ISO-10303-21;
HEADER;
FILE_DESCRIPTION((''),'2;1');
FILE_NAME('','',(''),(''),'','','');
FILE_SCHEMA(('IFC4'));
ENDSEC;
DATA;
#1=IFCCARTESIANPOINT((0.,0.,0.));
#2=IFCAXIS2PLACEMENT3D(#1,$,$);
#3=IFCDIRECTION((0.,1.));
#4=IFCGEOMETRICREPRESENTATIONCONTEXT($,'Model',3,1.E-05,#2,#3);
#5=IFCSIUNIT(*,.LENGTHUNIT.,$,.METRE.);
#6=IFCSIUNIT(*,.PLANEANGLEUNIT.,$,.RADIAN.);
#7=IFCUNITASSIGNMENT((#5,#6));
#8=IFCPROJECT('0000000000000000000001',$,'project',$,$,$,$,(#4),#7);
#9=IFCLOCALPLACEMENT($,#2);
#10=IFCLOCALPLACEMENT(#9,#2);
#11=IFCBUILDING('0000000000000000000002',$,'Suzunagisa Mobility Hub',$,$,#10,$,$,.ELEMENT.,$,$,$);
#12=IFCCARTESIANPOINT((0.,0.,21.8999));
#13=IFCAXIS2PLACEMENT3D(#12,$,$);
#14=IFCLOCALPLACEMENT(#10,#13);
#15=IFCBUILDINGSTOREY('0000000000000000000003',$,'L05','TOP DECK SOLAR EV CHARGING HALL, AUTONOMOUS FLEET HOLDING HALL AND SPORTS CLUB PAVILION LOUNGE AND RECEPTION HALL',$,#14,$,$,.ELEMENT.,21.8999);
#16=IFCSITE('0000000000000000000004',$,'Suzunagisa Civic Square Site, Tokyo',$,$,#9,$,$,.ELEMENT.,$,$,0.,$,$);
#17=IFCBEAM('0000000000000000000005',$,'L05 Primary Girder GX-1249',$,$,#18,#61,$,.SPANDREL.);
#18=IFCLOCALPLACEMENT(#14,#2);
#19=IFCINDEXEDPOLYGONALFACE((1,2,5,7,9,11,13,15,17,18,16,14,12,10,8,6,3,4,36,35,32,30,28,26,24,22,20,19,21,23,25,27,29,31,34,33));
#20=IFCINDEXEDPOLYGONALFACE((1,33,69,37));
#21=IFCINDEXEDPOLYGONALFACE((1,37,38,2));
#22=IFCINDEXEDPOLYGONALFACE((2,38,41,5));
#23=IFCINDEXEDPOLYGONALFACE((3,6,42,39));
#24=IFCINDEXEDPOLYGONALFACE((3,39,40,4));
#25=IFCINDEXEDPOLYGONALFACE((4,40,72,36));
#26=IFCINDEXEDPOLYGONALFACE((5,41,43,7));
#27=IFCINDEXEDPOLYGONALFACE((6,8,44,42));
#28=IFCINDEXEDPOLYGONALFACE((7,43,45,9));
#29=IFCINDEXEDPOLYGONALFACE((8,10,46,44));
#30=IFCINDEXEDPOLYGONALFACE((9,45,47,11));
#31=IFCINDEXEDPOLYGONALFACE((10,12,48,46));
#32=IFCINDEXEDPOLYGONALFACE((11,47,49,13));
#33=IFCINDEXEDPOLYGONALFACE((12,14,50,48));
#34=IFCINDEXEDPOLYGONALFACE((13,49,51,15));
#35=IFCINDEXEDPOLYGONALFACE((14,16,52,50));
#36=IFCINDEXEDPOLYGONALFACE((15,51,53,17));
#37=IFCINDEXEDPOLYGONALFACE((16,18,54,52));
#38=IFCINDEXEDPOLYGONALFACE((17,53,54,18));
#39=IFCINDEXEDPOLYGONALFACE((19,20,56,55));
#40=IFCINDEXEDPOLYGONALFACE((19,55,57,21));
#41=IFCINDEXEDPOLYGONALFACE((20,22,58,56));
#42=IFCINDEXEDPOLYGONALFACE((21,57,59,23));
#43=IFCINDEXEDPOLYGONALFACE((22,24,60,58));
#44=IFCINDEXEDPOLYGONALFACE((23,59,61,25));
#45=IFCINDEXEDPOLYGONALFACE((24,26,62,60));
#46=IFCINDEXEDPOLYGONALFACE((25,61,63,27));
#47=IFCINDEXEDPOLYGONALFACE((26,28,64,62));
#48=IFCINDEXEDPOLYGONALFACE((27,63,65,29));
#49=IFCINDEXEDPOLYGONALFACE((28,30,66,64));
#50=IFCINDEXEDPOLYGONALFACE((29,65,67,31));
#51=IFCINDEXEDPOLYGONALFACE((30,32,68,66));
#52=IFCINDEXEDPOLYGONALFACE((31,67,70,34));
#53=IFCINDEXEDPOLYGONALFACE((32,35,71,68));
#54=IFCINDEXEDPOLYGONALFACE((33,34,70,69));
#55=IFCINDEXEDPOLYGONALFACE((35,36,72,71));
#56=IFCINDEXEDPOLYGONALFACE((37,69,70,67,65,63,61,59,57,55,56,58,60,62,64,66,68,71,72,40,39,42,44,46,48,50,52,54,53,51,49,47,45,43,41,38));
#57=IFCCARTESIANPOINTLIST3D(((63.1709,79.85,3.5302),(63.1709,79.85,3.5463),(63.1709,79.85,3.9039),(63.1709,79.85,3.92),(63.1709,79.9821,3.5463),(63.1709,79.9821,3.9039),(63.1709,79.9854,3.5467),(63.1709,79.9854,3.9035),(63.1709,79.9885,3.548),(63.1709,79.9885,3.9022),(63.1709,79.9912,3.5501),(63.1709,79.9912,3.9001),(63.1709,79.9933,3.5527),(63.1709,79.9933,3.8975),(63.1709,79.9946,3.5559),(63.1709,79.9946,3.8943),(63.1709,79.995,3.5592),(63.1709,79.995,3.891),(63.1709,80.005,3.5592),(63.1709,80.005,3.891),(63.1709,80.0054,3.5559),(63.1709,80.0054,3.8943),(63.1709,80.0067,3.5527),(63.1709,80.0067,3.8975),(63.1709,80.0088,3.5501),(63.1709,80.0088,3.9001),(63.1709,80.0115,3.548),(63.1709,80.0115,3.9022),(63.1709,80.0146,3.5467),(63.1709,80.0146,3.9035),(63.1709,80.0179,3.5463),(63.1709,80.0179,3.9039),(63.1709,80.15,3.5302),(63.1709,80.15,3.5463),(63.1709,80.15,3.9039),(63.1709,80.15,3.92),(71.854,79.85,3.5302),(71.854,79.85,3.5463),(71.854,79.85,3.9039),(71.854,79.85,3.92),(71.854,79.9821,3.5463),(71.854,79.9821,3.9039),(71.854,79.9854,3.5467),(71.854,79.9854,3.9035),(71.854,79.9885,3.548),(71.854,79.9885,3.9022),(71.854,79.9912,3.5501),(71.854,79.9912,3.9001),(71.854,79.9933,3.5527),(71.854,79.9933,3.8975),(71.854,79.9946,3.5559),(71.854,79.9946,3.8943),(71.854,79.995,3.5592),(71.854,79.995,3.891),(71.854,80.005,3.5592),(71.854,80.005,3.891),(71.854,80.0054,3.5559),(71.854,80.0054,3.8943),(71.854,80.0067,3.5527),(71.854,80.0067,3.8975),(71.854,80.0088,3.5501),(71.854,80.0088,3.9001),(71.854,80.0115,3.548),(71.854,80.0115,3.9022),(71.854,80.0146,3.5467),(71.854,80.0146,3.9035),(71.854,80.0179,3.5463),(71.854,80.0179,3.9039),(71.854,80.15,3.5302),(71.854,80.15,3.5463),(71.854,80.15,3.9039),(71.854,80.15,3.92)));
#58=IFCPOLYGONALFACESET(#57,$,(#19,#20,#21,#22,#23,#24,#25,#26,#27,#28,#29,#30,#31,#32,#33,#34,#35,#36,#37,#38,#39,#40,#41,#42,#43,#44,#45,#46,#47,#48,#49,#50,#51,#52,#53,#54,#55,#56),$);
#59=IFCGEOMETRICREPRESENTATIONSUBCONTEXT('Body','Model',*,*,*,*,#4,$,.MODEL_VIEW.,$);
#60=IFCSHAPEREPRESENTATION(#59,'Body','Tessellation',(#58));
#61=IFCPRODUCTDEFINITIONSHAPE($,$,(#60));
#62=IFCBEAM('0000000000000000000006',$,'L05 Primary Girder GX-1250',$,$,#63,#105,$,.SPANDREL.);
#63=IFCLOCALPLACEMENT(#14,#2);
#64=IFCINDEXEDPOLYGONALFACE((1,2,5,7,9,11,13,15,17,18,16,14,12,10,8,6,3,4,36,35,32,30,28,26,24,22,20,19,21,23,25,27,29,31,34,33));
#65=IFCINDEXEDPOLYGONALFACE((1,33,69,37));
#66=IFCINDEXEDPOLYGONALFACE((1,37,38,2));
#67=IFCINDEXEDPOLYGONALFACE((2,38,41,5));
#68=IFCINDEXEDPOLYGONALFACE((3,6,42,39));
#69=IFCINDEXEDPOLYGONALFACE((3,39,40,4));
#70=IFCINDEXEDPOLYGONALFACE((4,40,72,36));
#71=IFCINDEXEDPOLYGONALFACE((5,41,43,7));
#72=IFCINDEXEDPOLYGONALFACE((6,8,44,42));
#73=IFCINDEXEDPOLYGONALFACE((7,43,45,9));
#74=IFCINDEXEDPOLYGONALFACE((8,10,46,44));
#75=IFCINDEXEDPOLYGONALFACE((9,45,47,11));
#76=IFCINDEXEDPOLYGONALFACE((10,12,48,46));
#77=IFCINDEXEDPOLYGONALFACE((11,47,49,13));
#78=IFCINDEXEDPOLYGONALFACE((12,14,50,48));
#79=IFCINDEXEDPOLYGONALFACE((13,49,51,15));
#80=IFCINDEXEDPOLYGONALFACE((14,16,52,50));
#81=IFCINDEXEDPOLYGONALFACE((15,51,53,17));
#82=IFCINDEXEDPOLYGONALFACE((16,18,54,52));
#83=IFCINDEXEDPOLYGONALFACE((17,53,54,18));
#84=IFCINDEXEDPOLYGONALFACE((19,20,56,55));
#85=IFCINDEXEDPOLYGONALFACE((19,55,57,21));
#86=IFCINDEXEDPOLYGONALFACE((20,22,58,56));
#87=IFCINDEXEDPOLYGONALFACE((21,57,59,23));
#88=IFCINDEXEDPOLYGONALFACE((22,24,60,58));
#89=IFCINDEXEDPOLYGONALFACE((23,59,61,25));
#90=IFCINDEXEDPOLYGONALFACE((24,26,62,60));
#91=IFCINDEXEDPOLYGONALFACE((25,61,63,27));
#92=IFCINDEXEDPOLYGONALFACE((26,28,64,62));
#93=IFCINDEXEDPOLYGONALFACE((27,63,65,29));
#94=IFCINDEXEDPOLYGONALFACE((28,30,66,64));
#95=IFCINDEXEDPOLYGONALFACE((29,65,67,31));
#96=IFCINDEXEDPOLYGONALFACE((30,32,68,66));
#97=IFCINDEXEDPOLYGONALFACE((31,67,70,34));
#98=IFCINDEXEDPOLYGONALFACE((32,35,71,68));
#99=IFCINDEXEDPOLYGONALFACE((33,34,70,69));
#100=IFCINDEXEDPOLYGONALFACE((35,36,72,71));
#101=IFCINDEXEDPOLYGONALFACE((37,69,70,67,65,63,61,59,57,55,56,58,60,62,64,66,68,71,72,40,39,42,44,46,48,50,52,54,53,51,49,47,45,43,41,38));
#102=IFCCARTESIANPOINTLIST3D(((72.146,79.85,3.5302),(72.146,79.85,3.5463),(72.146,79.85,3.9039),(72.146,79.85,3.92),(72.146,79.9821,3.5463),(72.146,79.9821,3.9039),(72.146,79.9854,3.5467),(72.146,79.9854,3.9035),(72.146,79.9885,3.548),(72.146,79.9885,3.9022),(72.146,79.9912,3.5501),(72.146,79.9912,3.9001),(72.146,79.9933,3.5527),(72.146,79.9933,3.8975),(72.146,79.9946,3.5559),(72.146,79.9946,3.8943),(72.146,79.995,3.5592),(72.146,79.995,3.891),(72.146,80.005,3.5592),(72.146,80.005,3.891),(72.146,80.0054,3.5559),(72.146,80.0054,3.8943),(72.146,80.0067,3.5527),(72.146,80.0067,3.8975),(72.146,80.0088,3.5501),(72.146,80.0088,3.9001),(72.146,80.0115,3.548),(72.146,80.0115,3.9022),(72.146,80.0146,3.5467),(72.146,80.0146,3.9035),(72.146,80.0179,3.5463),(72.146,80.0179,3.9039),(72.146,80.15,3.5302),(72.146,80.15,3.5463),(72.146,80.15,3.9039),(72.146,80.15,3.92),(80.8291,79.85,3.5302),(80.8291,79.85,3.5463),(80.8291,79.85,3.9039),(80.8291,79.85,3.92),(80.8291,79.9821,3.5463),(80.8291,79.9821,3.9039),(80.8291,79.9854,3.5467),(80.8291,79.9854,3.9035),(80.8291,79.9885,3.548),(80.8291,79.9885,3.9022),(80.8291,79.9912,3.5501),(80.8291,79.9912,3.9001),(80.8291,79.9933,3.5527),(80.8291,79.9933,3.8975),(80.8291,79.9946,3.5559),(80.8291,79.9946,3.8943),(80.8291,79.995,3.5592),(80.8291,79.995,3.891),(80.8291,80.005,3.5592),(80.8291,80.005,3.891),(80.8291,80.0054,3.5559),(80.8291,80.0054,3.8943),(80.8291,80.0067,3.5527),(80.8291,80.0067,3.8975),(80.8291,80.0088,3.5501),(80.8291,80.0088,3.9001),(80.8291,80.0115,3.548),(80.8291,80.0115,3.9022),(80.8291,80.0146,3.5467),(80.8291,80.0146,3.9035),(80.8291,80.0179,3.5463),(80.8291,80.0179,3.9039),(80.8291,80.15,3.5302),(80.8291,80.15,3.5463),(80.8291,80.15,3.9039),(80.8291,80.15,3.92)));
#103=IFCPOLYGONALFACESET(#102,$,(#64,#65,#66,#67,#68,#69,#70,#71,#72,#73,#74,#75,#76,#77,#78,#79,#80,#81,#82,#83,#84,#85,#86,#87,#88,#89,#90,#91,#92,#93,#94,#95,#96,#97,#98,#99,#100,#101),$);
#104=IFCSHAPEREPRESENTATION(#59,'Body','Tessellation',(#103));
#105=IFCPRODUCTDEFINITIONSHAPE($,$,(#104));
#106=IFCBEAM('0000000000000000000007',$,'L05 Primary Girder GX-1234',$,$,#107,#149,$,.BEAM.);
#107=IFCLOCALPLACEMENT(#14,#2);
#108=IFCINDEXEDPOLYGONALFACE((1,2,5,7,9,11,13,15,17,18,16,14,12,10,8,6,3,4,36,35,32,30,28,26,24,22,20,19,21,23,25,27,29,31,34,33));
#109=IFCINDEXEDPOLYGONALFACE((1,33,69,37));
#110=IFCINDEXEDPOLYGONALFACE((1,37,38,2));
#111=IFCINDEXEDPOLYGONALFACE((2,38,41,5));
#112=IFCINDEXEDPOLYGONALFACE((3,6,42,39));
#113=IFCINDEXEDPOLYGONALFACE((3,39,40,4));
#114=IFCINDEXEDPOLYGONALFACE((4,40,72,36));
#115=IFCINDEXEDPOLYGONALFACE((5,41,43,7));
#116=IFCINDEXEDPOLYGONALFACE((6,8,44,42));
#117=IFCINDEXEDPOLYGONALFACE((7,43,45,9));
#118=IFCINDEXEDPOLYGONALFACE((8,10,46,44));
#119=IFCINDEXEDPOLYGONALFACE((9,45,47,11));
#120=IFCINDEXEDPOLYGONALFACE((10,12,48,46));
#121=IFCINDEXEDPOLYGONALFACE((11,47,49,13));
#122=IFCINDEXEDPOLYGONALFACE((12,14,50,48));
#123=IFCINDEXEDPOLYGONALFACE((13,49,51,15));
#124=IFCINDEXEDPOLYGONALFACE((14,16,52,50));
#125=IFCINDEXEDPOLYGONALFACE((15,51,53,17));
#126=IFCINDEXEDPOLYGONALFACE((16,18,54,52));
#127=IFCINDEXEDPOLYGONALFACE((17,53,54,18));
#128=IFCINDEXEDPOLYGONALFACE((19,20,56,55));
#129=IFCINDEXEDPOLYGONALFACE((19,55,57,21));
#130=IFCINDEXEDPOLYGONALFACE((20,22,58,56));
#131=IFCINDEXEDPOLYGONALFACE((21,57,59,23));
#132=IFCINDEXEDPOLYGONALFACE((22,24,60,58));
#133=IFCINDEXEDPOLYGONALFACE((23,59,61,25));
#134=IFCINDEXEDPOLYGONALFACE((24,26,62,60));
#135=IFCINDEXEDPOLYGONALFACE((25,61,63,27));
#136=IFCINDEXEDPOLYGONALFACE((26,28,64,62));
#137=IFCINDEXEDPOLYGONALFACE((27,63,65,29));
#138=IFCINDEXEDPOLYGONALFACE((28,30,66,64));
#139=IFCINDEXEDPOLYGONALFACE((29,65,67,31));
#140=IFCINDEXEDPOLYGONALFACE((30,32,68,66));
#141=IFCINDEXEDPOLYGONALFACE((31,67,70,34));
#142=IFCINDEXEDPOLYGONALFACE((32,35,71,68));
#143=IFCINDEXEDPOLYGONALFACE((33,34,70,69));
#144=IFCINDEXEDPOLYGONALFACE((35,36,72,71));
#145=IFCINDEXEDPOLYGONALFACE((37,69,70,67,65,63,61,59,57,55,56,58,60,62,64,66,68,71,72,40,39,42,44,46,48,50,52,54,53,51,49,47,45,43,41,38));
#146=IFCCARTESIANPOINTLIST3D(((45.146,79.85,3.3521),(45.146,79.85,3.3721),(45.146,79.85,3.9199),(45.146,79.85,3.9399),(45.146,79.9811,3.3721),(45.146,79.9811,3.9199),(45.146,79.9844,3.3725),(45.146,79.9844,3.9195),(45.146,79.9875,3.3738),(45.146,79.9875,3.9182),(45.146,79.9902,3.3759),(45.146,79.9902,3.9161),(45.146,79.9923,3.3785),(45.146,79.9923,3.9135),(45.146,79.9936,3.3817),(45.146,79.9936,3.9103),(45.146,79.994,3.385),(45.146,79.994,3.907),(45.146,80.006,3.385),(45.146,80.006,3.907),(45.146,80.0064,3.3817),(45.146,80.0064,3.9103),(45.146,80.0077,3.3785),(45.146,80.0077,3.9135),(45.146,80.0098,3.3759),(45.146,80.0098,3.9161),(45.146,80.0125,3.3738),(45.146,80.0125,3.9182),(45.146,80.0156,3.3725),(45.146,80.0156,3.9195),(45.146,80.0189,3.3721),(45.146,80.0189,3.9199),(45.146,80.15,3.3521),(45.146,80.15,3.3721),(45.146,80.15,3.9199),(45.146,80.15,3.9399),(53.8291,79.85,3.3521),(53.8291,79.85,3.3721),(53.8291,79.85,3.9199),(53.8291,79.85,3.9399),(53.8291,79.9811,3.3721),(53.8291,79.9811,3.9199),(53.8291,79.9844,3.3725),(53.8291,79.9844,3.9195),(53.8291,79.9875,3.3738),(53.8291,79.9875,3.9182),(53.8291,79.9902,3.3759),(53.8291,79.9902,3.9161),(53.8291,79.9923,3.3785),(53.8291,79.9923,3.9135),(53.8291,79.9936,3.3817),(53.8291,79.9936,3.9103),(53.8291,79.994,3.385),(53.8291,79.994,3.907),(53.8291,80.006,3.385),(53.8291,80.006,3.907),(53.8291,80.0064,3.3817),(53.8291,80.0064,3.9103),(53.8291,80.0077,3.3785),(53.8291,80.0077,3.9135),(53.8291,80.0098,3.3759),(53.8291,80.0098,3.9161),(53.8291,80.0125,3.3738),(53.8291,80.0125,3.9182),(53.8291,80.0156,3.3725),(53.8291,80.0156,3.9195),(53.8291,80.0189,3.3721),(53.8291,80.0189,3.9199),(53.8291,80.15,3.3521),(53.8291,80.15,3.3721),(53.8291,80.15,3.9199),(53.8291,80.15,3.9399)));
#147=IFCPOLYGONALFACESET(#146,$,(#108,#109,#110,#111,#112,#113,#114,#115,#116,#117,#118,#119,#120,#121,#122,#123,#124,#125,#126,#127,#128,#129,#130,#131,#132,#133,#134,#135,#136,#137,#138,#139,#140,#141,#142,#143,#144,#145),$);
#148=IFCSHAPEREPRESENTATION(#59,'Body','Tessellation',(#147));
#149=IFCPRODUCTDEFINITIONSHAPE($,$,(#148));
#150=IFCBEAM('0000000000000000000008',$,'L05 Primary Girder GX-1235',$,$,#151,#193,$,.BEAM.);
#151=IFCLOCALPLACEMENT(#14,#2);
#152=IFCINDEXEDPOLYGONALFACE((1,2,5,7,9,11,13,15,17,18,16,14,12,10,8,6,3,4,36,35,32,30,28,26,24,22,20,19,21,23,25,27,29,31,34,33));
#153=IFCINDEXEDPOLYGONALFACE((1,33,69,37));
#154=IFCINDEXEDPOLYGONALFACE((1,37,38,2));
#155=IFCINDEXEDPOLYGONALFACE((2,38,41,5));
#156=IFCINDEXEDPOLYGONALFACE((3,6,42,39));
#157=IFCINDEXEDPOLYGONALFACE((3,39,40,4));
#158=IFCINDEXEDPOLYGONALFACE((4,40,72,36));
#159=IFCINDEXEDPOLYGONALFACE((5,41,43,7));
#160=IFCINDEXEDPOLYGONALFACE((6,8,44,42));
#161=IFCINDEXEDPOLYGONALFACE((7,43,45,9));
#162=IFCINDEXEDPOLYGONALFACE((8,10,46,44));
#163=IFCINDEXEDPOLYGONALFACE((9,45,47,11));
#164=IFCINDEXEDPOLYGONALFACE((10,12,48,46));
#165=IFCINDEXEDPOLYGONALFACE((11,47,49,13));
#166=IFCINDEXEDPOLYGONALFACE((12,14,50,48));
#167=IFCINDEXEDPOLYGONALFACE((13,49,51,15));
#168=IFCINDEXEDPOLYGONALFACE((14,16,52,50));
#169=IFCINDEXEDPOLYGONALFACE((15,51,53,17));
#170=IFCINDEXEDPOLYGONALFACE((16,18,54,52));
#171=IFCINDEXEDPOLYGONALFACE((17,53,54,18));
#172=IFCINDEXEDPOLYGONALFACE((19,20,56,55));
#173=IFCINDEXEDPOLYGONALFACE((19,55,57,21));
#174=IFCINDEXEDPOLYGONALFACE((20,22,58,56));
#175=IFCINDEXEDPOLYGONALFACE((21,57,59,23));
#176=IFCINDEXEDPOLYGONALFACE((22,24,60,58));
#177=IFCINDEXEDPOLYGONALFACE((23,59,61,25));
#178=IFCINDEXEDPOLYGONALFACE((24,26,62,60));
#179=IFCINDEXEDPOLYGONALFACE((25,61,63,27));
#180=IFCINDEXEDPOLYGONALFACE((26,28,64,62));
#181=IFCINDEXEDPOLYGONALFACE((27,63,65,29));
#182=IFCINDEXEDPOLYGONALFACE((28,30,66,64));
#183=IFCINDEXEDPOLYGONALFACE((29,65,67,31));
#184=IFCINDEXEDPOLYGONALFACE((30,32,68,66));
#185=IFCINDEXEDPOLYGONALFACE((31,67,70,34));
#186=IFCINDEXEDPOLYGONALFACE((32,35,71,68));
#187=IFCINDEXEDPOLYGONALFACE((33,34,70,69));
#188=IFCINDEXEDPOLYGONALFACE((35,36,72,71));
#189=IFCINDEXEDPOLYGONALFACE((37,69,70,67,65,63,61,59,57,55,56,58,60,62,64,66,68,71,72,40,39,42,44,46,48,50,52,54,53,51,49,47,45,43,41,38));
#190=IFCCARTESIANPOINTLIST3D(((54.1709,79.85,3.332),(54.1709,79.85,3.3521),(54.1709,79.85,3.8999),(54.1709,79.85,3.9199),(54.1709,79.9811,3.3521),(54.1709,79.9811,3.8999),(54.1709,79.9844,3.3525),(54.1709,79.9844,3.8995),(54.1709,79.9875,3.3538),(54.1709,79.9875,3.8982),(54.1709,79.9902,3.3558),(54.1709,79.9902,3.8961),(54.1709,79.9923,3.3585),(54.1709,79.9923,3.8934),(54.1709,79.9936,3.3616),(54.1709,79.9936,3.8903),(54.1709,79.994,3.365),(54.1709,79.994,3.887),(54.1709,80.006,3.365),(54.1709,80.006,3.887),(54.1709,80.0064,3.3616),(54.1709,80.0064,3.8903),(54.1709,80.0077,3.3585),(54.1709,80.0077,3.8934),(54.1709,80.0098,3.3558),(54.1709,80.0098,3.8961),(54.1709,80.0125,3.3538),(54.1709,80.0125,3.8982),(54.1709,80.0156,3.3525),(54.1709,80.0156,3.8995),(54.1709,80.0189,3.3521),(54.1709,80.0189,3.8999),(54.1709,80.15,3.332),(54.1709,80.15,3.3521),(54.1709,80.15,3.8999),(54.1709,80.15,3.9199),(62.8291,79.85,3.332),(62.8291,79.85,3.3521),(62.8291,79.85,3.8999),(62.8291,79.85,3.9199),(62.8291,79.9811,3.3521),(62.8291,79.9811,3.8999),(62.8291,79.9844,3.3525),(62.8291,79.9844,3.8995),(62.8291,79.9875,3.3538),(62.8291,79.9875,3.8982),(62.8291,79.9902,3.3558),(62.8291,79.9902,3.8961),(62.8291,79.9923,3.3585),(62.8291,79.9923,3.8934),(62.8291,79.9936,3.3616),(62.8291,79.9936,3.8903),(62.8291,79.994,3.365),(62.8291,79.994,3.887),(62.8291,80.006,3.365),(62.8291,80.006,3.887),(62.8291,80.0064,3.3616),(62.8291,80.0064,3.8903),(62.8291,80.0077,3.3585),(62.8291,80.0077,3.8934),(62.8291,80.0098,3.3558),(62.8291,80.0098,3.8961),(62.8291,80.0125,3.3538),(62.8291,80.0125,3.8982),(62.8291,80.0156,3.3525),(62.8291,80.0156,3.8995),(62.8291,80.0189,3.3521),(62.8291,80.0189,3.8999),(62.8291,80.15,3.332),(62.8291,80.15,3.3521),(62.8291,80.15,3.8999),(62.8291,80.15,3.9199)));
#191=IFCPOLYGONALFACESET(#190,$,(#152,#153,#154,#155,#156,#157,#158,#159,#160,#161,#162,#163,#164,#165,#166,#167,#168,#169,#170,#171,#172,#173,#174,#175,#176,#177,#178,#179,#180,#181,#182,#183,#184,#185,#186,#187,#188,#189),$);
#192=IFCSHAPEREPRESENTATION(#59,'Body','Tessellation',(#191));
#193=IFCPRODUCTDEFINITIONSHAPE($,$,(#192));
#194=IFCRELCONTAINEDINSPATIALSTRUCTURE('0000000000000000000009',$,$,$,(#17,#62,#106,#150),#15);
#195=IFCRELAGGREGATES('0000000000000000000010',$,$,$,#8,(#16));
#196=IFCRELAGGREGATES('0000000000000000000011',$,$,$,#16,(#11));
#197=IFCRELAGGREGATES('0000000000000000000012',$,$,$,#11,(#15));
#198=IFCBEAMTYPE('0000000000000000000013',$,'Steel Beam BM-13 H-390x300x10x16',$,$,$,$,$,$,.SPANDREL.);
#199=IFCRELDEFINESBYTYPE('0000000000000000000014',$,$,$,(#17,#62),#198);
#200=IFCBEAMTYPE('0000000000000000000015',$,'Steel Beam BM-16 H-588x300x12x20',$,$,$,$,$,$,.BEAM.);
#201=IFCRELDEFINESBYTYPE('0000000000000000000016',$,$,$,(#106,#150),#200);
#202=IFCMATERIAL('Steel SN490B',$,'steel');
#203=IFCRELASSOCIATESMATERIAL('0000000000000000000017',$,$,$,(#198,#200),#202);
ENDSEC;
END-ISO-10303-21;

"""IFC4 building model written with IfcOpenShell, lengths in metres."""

from ifc_helpers import new_model, si_unit, direction, frame, origin, origin_2d, place, context, subcontext, project, spatial, i_section, extrude, material, material_profile, profile_set, type_object, element, save


model = new_model("IFC4")

# Units and contexts
model_context = context("Model", 3, precision=1e-05, world=origin(), true_north=direction((0.0, 1.0)))
body_context = subcontext(model_context, "Body", "Model", "MODEL_VIEW")
ifc_project = project(units=[si_unit("LENGTHUNIT", "METRE"), si_unit("PLANEANGLEUNIT", "RADIAN")], contexts=[model_context])

# Site, building, storey
site_placement = place(None, origin())
site = spatial("IfcSite", under=ifc_project, at=site_placement, Name="Suzunagisa Civic Square Site, Tokyo", CompositionType="ELEMENT", RefElevation=0.0)
building_placement = place(site_placement, origin())
building = spatial("IfcBuilding", under=site, at=building_placement, Name="Suzunagisa Mobility Hub", CompositionType="ELEMENT")
storey_placement = place(building_placement, frame((0.0, 0.0, 21.8999)))
storey = spatial("IfcBuildingStorey", under=building, at=storey_placement, Name="L05", Description="TOP DECK SOLAR EV CHARGING HALL, AUTONOMOUS FLEET HOLDING HALL AND SPORTS CLUB PAVILION LOUNGE AND RECEPTION HALL", CompositionType="ELEMENT", Elevation=21.8999)

# Shared definitions
ifc_material_1 = material(Name="Steel SN490B", Category="steel")

# Beams
ifc_material_profile_1 = material_profile(ifc_material_1, i_section(OverallWidth=0.3, OverallDepth=0.3899, WebThickness=0.01, FlangeThickness=0.0161, FilletRadius=0.0129, at=origin_2d()), Name="H-390x300x10x16")
ifc_profile_set_1 = profile_set([ifc_material_profile_1], Name="Steel SN490B")
beam_type_1 = type_object("IfcBeamType", Name="Steel Beam BM-13 H-390x300x10x16", PredefinedType="SPANDREL", material=ifc_profile_set_1)
for number, where, z_axis, x_axis, name in (
    (1, (63.1709, 80.0, 3.7251), (1.0, 0.0, 0.0), (0.0, 1.0, 0.0), "L05 Primary Girder GX-1249"),
    (2, (72.146, 80.0, 3.7251), (1.0, 0.0, 0.0), (0.0, 1.0, 0.0), "L05 Primary Girder GX-1250"),
):
    element("IfcBeam", number, at=place(storey_placement, frame(where, z_axis=z_axis, x_axis=x_axis)), inside=storey, type_object=beam_type_1, Name=name, PredefinedType="SPANDREL", context=body_context, shape_type="SweptSolid", body=[
        extrude(i_section(OverallWidth=0.3, OverallDepth=0.3899, WebThickness=0.01, FlangeThickness=0.0161, FilletRadius=0.0129, at=origin_2d()), origin(), (0.0, 0.0, 1.0), 8.6831),
    ])
ifc_material_profile_2 = material_profile(ifc_material_1, i_section(OverallWidth=0.3, OverallDepth=0.5879, WebThickness=0.012, FlangeThickness=0.02, FilletRadius=0.0129, at=origin_2d()), Name="H-588x300x12x20")
ifc_profile_set_2 = profile_set([ifc_material_profile_2], Name="Steel SN490B")
beam_type_2 = type_object("IfcBeamType", Name="Steel Beam BM-16 H-588x300x12x20", PredefinedType="BEAM", material=ifc_profile_set_2)
beam_1_placement = place(storey_placement, frame((45.146, 80.0, 3.646), z_axis=(1.0, 0.0, 0.0), x_axis=(0.0, 1.0, 0.0)))
element("IfcBeam", 3, at=beam_1_placement, inside=storey, type_object=beam_type_2, Name="L05 Primary Girder GX-1234", PredefinedType="BEAM", context=body_context, shape_type="SweptSolid", body=[
    extrude(i_section(OverallWidth=0.3, OverallDepth=0.5879, WebThickness=0.012, FlangeThickness=0.02, FilletRadius=0.0129, at=origin_2d()), origin(), (0.0, 0.0, 1.0), 8.6831),
])
beam_2_placement = place(storey_placement, frame((54.1709, 80.0, 3.626), z_axis=(1.0, 0.0, 0.0), x_axis=(0.0, 1.0, 0.0)))
element("IfcBeam", 4, at=beam_2_placement, inside=storey, type_object=beam_type_2, Name="L05 Primary Girder GX-1235", PredefinedType="BEAM", context=body_context, shape_type="SweptSolid", body=[
    extrude(i_section(OverallWidth=0.3, OverallDepth=0.5879, WebThickness=0.012, FlangeThickness=0.02, FilletRadius=0.0129, at=origin_2d()), origin(), (0.0, 0.0, 1.0), 8.6582),
])

save(model, "model.ifc")
